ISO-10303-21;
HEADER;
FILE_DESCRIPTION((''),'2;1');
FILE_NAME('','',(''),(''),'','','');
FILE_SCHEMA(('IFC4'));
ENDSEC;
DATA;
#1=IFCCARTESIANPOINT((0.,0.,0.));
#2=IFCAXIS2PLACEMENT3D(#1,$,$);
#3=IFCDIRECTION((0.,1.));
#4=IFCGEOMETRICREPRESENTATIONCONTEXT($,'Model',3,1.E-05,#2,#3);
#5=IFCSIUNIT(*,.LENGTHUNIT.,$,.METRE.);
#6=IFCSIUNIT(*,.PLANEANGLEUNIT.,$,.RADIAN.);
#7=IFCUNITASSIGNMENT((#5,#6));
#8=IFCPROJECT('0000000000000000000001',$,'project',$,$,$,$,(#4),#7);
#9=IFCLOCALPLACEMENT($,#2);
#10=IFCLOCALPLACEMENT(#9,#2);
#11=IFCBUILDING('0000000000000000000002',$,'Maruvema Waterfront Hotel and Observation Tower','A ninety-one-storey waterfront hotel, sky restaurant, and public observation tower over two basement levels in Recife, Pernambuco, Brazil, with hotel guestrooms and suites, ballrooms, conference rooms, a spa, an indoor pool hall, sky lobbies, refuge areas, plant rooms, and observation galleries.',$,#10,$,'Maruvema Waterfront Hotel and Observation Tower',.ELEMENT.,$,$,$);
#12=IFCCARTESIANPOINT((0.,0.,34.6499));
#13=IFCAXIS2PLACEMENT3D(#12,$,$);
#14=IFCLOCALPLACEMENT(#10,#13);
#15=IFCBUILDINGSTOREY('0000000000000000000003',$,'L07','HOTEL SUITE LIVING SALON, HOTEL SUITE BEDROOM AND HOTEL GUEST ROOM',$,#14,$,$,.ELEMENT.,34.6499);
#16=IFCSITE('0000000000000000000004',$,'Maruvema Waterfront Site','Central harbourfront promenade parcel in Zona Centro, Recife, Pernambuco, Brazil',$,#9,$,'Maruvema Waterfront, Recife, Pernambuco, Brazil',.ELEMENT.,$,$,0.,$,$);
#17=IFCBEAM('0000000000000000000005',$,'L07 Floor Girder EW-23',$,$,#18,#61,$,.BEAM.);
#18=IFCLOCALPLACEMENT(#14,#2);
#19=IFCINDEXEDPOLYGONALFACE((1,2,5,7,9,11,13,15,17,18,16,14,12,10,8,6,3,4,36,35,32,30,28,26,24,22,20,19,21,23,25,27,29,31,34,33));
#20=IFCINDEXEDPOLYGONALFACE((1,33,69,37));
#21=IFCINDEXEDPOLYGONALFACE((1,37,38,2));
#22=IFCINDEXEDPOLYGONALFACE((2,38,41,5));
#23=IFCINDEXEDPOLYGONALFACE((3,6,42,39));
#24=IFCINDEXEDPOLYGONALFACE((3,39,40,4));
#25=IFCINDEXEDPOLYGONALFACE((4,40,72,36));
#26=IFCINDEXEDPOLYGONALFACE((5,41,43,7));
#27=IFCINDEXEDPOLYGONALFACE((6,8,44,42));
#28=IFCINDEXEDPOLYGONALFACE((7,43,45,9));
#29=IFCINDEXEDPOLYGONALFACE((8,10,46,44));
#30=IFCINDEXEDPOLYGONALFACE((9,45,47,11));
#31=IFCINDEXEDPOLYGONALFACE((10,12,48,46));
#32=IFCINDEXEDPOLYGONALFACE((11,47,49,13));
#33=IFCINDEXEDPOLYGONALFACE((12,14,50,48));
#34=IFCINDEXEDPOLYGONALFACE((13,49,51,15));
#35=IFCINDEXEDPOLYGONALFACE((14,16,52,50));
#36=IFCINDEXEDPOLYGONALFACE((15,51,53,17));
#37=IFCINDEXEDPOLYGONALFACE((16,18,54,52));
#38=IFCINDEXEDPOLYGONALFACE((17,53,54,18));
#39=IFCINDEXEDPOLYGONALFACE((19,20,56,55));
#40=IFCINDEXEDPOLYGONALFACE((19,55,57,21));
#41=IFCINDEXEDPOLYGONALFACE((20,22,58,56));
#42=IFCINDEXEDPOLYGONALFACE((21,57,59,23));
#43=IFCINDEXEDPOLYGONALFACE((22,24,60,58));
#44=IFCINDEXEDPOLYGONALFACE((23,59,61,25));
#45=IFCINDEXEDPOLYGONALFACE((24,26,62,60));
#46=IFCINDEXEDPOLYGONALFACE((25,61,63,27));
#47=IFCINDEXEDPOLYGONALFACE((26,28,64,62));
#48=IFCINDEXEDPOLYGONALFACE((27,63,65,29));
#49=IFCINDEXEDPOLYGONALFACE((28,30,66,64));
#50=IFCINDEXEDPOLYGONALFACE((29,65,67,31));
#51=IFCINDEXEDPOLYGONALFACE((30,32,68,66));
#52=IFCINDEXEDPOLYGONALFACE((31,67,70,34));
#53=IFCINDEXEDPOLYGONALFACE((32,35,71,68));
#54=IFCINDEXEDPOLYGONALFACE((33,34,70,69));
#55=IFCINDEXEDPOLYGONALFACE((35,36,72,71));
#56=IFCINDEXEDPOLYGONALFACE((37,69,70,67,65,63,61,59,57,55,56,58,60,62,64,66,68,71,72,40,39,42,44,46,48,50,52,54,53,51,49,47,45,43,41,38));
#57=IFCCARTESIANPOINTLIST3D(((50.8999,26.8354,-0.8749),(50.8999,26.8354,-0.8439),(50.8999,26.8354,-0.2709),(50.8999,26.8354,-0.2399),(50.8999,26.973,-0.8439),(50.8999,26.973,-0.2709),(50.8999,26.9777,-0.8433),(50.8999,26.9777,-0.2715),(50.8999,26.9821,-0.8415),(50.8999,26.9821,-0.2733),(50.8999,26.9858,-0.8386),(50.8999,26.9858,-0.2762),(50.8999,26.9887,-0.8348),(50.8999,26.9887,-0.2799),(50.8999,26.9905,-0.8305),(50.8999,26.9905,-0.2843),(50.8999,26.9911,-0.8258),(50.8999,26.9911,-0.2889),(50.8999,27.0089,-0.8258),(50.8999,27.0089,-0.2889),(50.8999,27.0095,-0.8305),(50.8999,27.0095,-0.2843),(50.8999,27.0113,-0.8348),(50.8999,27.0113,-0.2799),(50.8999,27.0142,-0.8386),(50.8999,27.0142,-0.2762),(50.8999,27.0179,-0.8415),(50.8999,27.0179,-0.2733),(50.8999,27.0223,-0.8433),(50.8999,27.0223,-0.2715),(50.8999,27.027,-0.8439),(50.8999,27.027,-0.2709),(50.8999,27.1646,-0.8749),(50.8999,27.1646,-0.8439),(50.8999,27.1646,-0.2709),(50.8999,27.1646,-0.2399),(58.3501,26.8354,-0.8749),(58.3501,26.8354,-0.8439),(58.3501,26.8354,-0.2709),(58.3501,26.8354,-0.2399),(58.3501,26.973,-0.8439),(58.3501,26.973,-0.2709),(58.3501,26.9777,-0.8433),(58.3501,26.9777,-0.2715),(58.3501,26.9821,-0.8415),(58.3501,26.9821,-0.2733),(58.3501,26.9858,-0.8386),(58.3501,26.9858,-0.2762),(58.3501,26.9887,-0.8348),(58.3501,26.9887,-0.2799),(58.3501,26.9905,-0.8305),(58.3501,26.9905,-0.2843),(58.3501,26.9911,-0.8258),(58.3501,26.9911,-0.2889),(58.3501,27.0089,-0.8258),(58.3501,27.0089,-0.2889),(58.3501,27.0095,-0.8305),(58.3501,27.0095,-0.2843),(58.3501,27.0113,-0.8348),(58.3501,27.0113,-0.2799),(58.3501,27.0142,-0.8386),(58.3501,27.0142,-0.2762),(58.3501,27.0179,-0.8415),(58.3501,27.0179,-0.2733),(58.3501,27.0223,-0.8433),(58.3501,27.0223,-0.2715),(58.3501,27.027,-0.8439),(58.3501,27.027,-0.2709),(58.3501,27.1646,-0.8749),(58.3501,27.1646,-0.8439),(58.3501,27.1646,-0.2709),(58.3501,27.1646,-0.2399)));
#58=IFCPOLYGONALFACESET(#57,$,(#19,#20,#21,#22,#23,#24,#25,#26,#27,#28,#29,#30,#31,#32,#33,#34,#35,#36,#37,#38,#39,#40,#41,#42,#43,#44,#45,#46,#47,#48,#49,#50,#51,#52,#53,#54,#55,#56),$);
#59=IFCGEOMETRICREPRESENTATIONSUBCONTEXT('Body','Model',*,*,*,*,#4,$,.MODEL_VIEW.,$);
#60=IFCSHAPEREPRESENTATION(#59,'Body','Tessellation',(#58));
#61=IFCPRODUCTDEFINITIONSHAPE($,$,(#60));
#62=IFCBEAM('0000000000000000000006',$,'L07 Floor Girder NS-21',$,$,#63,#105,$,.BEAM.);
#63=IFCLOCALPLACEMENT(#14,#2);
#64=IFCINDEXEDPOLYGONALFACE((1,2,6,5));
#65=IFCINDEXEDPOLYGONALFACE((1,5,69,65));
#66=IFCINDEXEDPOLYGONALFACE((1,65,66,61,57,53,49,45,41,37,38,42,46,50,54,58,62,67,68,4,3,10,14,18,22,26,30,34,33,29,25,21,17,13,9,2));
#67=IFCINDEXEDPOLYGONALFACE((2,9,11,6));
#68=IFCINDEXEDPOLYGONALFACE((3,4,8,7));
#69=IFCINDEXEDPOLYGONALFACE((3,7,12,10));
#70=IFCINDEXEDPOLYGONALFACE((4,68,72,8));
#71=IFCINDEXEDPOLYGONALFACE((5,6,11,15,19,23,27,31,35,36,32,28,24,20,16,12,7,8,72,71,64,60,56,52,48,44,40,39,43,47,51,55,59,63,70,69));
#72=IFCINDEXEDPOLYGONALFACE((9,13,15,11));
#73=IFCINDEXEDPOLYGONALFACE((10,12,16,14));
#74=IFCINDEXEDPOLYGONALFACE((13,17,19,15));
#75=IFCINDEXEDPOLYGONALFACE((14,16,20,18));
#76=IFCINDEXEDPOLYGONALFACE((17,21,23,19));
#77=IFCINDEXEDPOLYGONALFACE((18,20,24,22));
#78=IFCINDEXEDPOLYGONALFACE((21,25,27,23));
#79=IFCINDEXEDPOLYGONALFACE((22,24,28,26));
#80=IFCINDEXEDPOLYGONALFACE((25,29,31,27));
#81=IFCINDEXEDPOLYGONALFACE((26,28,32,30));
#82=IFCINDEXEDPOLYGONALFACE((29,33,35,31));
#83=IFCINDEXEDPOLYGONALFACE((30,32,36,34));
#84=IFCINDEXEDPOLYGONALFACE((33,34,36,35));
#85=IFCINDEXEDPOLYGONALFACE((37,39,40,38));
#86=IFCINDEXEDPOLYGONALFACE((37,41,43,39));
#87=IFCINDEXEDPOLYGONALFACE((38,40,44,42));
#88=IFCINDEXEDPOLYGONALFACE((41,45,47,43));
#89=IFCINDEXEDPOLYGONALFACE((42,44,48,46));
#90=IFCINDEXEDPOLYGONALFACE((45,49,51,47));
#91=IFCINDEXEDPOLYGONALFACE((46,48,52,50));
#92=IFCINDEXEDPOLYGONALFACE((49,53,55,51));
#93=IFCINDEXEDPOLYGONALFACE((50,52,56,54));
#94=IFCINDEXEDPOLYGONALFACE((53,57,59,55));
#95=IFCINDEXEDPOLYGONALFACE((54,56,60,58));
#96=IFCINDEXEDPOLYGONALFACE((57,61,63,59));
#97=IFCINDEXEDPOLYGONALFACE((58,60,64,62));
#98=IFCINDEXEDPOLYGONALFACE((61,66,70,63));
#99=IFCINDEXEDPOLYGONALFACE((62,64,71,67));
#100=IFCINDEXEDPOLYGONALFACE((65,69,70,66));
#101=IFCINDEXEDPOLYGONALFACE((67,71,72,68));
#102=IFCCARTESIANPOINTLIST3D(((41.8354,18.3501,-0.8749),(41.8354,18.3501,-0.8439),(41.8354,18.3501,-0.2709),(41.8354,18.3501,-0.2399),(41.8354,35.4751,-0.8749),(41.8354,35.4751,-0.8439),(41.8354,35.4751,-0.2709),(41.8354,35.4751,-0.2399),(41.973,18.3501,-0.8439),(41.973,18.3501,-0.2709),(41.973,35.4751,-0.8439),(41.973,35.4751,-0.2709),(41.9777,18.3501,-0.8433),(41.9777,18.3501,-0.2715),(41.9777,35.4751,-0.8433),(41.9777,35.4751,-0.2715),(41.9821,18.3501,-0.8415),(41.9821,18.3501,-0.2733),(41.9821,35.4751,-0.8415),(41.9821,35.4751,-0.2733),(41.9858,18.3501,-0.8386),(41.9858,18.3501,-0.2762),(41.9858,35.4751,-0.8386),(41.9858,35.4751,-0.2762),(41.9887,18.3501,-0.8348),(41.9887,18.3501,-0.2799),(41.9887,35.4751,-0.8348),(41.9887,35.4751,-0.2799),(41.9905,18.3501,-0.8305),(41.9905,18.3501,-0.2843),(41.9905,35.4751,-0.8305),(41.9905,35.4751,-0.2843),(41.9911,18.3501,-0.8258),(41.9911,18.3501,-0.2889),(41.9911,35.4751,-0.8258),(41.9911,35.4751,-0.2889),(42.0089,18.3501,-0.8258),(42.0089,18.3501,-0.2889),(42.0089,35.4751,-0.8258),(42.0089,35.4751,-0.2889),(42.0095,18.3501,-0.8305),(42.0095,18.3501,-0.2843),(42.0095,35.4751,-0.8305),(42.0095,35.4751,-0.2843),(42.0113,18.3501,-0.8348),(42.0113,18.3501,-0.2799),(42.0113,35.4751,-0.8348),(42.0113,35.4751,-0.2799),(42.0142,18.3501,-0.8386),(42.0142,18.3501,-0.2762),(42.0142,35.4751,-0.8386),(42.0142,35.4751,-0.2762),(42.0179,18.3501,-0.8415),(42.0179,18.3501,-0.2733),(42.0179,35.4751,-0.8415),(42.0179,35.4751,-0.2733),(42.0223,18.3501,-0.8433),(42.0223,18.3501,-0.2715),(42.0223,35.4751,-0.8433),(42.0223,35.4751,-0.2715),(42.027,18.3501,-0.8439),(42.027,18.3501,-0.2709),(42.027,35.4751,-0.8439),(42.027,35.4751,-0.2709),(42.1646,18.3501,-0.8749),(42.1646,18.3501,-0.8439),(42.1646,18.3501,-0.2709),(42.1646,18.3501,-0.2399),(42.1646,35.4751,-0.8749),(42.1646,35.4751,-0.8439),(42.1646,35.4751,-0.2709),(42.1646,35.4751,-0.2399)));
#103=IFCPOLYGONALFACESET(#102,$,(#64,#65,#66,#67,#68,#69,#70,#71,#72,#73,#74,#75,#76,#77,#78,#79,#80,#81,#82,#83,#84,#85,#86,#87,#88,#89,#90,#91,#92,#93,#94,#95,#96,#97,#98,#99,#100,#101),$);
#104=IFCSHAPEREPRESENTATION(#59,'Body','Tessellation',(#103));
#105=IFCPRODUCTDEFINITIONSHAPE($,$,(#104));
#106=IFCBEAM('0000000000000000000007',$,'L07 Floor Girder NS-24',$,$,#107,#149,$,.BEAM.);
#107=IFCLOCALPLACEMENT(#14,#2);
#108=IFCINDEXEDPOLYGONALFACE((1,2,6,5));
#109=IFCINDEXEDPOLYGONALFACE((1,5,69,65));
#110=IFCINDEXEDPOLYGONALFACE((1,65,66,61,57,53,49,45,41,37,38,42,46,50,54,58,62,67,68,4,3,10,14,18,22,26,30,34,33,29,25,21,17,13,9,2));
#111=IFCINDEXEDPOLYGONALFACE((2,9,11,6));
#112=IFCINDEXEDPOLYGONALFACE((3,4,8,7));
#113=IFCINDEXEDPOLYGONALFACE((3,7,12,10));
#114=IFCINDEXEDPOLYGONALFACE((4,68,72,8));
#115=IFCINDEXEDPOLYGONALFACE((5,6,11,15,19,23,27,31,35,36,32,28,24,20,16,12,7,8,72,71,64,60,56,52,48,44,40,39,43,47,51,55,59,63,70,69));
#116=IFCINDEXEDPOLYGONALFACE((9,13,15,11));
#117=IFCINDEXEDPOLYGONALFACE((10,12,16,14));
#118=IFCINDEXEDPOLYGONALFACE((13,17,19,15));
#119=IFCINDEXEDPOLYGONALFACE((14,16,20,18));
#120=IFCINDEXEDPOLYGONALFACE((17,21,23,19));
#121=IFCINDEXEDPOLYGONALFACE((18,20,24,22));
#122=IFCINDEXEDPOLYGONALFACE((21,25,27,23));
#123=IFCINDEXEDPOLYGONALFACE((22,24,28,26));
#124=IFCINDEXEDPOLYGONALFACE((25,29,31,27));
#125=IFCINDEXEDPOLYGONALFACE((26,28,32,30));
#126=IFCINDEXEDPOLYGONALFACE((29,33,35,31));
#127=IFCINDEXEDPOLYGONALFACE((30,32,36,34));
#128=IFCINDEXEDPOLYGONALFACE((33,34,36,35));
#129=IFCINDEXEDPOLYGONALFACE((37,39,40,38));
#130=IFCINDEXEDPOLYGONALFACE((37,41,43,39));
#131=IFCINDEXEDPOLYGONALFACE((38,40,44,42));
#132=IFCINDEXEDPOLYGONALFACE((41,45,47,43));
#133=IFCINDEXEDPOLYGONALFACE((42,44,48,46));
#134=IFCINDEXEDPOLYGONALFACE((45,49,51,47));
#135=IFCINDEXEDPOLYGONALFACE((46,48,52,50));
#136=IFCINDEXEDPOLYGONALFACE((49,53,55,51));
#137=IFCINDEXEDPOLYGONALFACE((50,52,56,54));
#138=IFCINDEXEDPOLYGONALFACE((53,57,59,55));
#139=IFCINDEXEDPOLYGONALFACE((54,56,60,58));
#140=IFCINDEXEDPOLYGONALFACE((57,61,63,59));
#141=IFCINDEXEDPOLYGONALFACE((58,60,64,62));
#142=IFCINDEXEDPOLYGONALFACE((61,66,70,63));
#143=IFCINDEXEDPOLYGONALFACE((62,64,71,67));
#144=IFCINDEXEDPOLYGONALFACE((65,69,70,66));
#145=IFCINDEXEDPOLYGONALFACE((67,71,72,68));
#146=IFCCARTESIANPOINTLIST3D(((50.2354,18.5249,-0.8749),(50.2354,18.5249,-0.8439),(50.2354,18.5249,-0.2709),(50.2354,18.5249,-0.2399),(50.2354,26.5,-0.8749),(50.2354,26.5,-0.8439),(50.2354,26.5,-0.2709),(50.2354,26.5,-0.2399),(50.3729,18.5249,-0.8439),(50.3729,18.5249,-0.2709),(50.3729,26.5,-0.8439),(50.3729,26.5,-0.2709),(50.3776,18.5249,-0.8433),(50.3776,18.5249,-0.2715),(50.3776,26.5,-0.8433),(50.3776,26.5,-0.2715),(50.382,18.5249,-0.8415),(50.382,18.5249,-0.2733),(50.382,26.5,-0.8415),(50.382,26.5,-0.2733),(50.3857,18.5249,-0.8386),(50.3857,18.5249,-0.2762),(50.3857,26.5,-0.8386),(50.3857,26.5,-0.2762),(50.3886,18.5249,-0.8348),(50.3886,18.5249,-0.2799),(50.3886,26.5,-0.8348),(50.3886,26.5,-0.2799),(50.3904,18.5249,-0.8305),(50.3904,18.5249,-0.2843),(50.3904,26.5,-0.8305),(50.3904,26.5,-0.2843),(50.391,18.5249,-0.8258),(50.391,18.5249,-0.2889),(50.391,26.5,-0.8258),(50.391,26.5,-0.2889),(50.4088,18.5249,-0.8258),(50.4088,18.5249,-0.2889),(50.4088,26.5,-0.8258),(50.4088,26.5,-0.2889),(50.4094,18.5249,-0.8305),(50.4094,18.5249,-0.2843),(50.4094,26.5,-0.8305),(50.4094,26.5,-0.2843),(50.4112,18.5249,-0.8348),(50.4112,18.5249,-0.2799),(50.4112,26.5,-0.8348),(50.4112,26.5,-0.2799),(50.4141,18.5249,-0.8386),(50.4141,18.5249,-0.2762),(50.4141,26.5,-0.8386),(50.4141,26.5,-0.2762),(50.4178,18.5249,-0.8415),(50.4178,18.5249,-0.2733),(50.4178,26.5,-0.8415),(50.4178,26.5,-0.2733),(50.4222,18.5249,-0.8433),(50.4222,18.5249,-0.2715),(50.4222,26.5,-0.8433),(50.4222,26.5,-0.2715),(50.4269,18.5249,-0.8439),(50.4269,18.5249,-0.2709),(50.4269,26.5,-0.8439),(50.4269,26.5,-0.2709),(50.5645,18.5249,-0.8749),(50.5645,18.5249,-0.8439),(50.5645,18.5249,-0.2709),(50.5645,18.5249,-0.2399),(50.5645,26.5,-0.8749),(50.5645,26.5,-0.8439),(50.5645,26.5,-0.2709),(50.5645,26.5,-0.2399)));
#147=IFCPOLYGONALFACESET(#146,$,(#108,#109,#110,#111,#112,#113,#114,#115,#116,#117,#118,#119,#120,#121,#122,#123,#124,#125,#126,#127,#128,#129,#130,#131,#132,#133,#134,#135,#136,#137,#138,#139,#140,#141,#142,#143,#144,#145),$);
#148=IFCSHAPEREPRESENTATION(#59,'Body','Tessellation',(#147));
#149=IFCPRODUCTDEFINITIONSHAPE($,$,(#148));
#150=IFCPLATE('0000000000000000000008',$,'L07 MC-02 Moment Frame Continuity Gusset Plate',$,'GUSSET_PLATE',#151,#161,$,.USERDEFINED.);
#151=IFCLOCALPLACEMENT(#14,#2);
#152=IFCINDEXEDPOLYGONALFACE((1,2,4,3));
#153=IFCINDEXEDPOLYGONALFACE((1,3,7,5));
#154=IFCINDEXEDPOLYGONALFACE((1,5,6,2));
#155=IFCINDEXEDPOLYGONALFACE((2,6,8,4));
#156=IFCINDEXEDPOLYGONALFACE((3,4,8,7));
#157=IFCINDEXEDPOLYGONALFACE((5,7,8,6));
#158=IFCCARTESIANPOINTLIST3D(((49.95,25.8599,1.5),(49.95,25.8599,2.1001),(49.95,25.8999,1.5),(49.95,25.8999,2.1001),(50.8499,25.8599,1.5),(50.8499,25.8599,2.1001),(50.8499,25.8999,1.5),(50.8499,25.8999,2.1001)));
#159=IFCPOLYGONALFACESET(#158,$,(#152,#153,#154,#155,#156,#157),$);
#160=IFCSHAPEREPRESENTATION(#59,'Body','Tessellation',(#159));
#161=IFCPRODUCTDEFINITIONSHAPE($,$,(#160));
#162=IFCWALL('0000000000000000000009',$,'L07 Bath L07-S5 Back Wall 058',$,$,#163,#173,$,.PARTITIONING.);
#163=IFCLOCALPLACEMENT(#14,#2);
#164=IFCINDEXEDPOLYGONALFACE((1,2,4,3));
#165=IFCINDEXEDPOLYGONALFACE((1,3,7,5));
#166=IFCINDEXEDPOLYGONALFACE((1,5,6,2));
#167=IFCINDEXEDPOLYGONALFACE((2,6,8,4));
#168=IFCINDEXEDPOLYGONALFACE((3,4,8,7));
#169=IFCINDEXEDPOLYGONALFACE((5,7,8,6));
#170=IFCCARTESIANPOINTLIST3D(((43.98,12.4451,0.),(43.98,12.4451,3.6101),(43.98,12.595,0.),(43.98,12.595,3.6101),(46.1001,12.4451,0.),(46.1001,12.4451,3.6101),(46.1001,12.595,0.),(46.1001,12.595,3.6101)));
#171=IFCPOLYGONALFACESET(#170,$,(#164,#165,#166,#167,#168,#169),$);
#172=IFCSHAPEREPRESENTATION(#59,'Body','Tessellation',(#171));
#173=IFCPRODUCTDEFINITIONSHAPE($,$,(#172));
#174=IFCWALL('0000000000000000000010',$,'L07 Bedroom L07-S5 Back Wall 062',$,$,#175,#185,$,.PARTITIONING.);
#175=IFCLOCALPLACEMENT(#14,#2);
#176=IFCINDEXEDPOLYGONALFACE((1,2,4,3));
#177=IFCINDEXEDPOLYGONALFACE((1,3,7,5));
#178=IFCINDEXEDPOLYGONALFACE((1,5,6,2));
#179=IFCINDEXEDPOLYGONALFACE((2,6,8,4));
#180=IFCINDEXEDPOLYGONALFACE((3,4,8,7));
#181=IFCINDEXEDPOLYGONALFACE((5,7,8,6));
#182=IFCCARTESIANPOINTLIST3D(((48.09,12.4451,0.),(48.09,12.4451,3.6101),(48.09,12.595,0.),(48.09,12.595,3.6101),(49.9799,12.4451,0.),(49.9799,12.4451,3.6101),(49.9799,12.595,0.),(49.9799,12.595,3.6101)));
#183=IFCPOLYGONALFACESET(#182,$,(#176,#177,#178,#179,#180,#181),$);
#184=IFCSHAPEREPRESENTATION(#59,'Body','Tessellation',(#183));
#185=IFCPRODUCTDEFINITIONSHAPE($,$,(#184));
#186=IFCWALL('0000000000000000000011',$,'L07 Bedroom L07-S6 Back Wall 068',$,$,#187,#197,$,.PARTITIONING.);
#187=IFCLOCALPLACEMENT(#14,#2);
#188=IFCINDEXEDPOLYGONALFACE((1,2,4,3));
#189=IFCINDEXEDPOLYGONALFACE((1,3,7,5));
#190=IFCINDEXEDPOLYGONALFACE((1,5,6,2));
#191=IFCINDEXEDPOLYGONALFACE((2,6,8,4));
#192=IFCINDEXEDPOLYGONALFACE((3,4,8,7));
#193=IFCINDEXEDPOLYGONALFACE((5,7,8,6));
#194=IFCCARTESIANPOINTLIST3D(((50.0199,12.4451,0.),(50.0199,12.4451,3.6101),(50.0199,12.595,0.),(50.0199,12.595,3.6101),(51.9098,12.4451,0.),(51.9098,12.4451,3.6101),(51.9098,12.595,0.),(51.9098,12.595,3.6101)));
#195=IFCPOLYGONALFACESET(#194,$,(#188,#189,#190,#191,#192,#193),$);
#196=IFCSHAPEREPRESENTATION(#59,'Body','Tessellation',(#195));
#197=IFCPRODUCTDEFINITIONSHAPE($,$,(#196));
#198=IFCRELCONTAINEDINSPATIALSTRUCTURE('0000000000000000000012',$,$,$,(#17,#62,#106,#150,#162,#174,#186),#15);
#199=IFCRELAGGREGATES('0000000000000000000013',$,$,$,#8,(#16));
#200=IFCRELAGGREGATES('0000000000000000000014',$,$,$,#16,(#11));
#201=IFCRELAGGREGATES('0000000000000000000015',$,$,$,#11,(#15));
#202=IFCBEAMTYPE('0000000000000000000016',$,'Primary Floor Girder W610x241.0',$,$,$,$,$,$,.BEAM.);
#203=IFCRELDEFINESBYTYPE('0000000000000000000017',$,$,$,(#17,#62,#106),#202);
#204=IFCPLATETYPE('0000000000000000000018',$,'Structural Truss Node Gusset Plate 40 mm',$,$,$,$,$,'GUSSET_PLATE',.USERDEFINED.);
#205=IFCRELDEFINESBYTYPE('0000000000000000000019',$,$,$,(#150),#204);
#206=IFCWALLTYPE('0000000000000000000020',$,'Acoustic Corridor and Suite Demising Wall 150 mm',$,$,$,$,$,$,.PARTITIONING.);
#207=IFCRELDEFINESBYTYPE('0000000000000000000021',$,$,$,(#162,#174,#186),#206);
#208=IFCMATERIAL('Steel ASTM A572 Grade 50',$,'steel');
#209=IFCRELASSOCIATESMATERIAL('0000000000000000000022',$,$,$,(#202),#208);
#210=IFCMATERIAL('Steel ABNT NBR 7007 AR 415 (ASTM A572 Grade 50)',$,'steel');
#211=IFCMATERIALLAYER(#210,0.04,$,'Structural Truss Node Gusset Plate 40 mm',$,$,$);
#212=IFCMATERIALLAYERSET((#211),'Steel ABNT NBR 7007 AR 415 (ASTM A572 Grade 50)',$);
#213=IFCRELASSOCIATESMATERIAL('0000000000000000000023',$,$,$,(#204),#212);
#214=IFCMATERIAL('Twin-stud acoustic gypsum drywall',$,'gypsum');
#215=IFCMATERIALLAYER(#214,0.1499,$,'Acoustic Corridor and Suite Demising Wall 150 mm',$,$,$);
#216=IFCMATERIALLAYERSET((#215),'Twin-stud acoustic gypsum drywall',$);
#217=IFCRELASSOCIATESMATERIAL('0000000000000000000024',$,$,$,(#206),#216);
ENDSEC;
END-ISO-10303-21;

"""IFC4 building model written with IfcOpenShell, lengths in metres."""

from ifc_helpers import new_model, si_unit, direction, frame, frame_2d, origin, origin_2d, place, context, subcontext, project, spatial, rectangle, i_section, extrude, material, layer, layer_set, material_profile, profile_set, type_object, element, save


model = new_model("IFC4")

# Units and contexts
model_context = context("Model", 3, precision=1e-05, world=origin(), true_north=direction((0.0, 1.0)))
body_context = subcontext(model_context, "Body", "Model", "MODEL_VIEW")
ifc_project = project(units=[si_unit("LENGTHUNIT", "METRE"), si_unit("PLANEANGLEUNIT", "RADIAN")], contexts=[model_context])

# Site, building, storey
site_placement = place(None, origin())
site = spatial("IfcSite", under=ifc_project, at=site_placement, Name="Maruvema Waterfront Site", Description="Central harbourfront promenade parcel in Zona Centro, Recife, Pernambuco, Brazil", LongName="Maruvema Waterfront, Recife, Pernambuco, Brazil", CompositionType="ELEMENT", RefElevation=0.0)
building_placement = place(site_placement, origin())
building = spatial("IfcBuilding", under=site, at=building_placement, Name="Maruvema Waterfront Hotel and Observation Tower", Description="A ninety-one-storey waterfront hotel, sky restaurant, and public observation tower over two basement levels in Recife, Pernambuco, Brazil, with hotel guestrooms and suites, ballrooms, conference rooms, a spa, an indoor pool hall, sky lobbies, refuge areas, plant rooms, and observation galleries.", LongName="Maruvema Waterfront Hotel and Observation Tower", CompositionType="ELEMENT")
storey_placement = place(building_placement, frame((0.0, 0.0, 34.6499)))
storey = spatial("IfcBuildingStorey", under=building, at=storey_placement, Name="L07", Description="HOTEL SUITE LIVING SALON, HOTEL SUITE BEDROOM AND HOTEL GUEST ROOM", CompositionType="ELEMENT", Elevation=34.6499)

# Beams
ifc_material_1 = material(Name="Steel ASTM A572 Grade 50", Category="steel")
ifc_material_profile_1 = material_profile(ifc_material_1, i_section(OverallWidth=0.3291, OverallDepth=0.635, WebThickness=0.0178, FlangeThickness=0.031, FilletRadius=0.0181, at=origin_2d()), Name="W610x241.0")
ifc_profile_set_1 = profile_set([ifc_material_profile_1], Name="Steel ASTM A572 Grade 50")
beam_type = type_object("IfcBeamType", Name="Primary Floor Girder W610x241.0", PredefinedType="BEAM", material=ifc_profile_set_1)
beam_1_placement = place(storey_placement, frame((50.8999, 27.0, -0.5574), z_axis=(1.0, 0.0, 0.0), x_axis=(0.0, 1.0, 0.0)))
element("IfcBeam", 1, at=beam_1_placement, inside=storey, type_object=beam_type, Name="L07 Floor Girder EW-23", PredefinedType="BEAM", context=body_context, shape_type="SweptSolid", body=[
    extrude(i_section(OverallWidth=0.3291, OverallDepth=0.635, WebThickness=0.0178, FlangeThickness=0.031, FilletRadius=0.0181, at=origin_2d()), origin(), (0.0, 0.0, 1.0), 7.4502),
])
beam_2_placement = place(storey_placement, frame((42.0, 18.3501, -0.5574), z_axis=(0.0, 1.0, 0.0), x_axis=(-1.0, 0.0, 0.0)))
element("IfcBeam", 2, at=beam_2_placement, inside=storey, type_object=beam_type, Name="L07 Floor Girder NS-21", PredefinedType="BEAM", context=body_context, shape_type="SweptSolid", body=[
    extrude(i_section(OverallWidth=0.3291, OverallDepth=0.635, WebThickness=0.0178, FlangeThickness=0.031, FilletRadius=0.0181, at=origin_2d()), origin(), (0.0, 0.0, 1.0), 17.125),
])
beam_3_placement = place(storey_placement, frame((50.3999, 18.5249, -0.5574), z_axis=(0.0, 1.0, 0.0), x_axis=(-1.0, 0.0, 0.0)))
element("IfcBeam", 3, at=beam_3_placement, inside=storey, type_object=beam_type, Name="L07 Floor Girder NS-24", PredefinedType="BEAM", context=body_context, shape_type="SweptSolid", body=[
    extrude(i_section(OverallWidth=0.3291, OverallDepth=0.635, WebThickness=0.0178, FlangeThickness=0.031, FilletRadius=0.0181, at=origin_2d()), origin(), (0.0, 0.0, 1.0), 7.9751),
])

# Plate
ifc_material_2 = material(Name="Steel ABNT NBR 7007 AR 415 (ASTM A572 Grade 50)", Category="steel")
ifc_layer_1 = layer(ifc_material_2, 0.04, Name="Structural Truss Node Gusset Plate 40 mm")
ifc_layer_set_1 = layer_set([ifc_layer_1], Name="Steel ABNT NBR 7007 AR 415 (ASTM A572 Grade 50)")
plate_type = type_object("IfcPlateType", Name="Structural Truss Node Gusset Plate 40 mm", ElementType="GUSSET_PLATE", PredefinedType="USERDEFINED", material=ifc_layer_set_1)
plate_placement = place(storey_placement, frame((50.3999, 25.8799, 1.5), z_axis=(0.0, 0.0, 1.0), x_axis=(1.0, 0.0, 0.0)))
element("IfcPlate", 4, at=plate_placement, inside=storey, type_object=plate_type, Name="L07 MC-02 Moment Frame Continuity Gusset Plate", ObjectType="GUSSET_PLATE", PredefinedType="USERDEFINED", context=body_context, shape_type="SweptSolid", body=[
    extrude(rectangle(XDim=0.8999, YDim=0.04, at=origin_2d()), origin(), (0.0, 0.0, 1.0), 0.6001),
])

# Wall
ifc_material_3 = material(Name="Twin-stud acoustic gypsum drywall", Category="gypsum")
ifc_layer_2 = layer(ifc_material_3, 0.1499, Name="Acoustic Corridor and Suite Demising Wall 150 mm")
ifc_layer_set_2 = layer_set([ifc_layer_2], Name="Twin-stud acoustic gypsum drywall")
wall_type_1 = type_object("IfcWallType", Name="Acoustic Corridor and Suite Demising Wall 150 mm", PredefinedType="PARTITIONING", material=ifc_layer_set_2)
wall_1_placement = place(storey_placement, frame((43.98, 12.52, 0.0), z_axis=(0.0, 0.0, 1.0), x_axis=(1.0, 0.0, 0.0)))
element("IfcWall", 5, at=wall_1_placement, inside=storey, type_object=wall_type_1, Name="L07 Bath L07-S5 Back Wall 058", PredefinedType="PARTITIONING", context=body_context, shape_type="SweptSolid", body=[
    extrude(rectangle(XDim=2.1201, YDim=0.1499, at=frame_2d((1.0601, 0.0))), origin(), (0.0, 0.0, 1.0), 3.6101),
])

# Walls
for number, where, z_axis, x_axis, name in (
    (6, (48.0901, 12.52, 0.0), (0.0, 0.0, 1.0), (1.0, 0.0, 0.0), "L07 Bedroom L07-S5 Back Wall 062"),
    (7, (50.02, 12.52, 0.0), (0.0, 0.0, 1.0), (1.0, 0.0, 0.0), "L07 Bedroom L07-S6 Back Wall 068"),
):
    element("IfcWall", number, at=place(storey_placement, frame(where, z_axis=z_axis, x_axis=x_axis)), inside=storey, type_object=wall_type_1, Name=name, PredefinedType="PARTITIONING", context=body_context, shape_type="SweptSolid", body=[
        extrude(rectangle(XDim=1.8899, YDim=0.1499, at=frame_2d((0.9448, 0.0))), origin(), (0.0, 0.0, 1.0), 3.6101),
    ])

save(model, "model.ifc")
